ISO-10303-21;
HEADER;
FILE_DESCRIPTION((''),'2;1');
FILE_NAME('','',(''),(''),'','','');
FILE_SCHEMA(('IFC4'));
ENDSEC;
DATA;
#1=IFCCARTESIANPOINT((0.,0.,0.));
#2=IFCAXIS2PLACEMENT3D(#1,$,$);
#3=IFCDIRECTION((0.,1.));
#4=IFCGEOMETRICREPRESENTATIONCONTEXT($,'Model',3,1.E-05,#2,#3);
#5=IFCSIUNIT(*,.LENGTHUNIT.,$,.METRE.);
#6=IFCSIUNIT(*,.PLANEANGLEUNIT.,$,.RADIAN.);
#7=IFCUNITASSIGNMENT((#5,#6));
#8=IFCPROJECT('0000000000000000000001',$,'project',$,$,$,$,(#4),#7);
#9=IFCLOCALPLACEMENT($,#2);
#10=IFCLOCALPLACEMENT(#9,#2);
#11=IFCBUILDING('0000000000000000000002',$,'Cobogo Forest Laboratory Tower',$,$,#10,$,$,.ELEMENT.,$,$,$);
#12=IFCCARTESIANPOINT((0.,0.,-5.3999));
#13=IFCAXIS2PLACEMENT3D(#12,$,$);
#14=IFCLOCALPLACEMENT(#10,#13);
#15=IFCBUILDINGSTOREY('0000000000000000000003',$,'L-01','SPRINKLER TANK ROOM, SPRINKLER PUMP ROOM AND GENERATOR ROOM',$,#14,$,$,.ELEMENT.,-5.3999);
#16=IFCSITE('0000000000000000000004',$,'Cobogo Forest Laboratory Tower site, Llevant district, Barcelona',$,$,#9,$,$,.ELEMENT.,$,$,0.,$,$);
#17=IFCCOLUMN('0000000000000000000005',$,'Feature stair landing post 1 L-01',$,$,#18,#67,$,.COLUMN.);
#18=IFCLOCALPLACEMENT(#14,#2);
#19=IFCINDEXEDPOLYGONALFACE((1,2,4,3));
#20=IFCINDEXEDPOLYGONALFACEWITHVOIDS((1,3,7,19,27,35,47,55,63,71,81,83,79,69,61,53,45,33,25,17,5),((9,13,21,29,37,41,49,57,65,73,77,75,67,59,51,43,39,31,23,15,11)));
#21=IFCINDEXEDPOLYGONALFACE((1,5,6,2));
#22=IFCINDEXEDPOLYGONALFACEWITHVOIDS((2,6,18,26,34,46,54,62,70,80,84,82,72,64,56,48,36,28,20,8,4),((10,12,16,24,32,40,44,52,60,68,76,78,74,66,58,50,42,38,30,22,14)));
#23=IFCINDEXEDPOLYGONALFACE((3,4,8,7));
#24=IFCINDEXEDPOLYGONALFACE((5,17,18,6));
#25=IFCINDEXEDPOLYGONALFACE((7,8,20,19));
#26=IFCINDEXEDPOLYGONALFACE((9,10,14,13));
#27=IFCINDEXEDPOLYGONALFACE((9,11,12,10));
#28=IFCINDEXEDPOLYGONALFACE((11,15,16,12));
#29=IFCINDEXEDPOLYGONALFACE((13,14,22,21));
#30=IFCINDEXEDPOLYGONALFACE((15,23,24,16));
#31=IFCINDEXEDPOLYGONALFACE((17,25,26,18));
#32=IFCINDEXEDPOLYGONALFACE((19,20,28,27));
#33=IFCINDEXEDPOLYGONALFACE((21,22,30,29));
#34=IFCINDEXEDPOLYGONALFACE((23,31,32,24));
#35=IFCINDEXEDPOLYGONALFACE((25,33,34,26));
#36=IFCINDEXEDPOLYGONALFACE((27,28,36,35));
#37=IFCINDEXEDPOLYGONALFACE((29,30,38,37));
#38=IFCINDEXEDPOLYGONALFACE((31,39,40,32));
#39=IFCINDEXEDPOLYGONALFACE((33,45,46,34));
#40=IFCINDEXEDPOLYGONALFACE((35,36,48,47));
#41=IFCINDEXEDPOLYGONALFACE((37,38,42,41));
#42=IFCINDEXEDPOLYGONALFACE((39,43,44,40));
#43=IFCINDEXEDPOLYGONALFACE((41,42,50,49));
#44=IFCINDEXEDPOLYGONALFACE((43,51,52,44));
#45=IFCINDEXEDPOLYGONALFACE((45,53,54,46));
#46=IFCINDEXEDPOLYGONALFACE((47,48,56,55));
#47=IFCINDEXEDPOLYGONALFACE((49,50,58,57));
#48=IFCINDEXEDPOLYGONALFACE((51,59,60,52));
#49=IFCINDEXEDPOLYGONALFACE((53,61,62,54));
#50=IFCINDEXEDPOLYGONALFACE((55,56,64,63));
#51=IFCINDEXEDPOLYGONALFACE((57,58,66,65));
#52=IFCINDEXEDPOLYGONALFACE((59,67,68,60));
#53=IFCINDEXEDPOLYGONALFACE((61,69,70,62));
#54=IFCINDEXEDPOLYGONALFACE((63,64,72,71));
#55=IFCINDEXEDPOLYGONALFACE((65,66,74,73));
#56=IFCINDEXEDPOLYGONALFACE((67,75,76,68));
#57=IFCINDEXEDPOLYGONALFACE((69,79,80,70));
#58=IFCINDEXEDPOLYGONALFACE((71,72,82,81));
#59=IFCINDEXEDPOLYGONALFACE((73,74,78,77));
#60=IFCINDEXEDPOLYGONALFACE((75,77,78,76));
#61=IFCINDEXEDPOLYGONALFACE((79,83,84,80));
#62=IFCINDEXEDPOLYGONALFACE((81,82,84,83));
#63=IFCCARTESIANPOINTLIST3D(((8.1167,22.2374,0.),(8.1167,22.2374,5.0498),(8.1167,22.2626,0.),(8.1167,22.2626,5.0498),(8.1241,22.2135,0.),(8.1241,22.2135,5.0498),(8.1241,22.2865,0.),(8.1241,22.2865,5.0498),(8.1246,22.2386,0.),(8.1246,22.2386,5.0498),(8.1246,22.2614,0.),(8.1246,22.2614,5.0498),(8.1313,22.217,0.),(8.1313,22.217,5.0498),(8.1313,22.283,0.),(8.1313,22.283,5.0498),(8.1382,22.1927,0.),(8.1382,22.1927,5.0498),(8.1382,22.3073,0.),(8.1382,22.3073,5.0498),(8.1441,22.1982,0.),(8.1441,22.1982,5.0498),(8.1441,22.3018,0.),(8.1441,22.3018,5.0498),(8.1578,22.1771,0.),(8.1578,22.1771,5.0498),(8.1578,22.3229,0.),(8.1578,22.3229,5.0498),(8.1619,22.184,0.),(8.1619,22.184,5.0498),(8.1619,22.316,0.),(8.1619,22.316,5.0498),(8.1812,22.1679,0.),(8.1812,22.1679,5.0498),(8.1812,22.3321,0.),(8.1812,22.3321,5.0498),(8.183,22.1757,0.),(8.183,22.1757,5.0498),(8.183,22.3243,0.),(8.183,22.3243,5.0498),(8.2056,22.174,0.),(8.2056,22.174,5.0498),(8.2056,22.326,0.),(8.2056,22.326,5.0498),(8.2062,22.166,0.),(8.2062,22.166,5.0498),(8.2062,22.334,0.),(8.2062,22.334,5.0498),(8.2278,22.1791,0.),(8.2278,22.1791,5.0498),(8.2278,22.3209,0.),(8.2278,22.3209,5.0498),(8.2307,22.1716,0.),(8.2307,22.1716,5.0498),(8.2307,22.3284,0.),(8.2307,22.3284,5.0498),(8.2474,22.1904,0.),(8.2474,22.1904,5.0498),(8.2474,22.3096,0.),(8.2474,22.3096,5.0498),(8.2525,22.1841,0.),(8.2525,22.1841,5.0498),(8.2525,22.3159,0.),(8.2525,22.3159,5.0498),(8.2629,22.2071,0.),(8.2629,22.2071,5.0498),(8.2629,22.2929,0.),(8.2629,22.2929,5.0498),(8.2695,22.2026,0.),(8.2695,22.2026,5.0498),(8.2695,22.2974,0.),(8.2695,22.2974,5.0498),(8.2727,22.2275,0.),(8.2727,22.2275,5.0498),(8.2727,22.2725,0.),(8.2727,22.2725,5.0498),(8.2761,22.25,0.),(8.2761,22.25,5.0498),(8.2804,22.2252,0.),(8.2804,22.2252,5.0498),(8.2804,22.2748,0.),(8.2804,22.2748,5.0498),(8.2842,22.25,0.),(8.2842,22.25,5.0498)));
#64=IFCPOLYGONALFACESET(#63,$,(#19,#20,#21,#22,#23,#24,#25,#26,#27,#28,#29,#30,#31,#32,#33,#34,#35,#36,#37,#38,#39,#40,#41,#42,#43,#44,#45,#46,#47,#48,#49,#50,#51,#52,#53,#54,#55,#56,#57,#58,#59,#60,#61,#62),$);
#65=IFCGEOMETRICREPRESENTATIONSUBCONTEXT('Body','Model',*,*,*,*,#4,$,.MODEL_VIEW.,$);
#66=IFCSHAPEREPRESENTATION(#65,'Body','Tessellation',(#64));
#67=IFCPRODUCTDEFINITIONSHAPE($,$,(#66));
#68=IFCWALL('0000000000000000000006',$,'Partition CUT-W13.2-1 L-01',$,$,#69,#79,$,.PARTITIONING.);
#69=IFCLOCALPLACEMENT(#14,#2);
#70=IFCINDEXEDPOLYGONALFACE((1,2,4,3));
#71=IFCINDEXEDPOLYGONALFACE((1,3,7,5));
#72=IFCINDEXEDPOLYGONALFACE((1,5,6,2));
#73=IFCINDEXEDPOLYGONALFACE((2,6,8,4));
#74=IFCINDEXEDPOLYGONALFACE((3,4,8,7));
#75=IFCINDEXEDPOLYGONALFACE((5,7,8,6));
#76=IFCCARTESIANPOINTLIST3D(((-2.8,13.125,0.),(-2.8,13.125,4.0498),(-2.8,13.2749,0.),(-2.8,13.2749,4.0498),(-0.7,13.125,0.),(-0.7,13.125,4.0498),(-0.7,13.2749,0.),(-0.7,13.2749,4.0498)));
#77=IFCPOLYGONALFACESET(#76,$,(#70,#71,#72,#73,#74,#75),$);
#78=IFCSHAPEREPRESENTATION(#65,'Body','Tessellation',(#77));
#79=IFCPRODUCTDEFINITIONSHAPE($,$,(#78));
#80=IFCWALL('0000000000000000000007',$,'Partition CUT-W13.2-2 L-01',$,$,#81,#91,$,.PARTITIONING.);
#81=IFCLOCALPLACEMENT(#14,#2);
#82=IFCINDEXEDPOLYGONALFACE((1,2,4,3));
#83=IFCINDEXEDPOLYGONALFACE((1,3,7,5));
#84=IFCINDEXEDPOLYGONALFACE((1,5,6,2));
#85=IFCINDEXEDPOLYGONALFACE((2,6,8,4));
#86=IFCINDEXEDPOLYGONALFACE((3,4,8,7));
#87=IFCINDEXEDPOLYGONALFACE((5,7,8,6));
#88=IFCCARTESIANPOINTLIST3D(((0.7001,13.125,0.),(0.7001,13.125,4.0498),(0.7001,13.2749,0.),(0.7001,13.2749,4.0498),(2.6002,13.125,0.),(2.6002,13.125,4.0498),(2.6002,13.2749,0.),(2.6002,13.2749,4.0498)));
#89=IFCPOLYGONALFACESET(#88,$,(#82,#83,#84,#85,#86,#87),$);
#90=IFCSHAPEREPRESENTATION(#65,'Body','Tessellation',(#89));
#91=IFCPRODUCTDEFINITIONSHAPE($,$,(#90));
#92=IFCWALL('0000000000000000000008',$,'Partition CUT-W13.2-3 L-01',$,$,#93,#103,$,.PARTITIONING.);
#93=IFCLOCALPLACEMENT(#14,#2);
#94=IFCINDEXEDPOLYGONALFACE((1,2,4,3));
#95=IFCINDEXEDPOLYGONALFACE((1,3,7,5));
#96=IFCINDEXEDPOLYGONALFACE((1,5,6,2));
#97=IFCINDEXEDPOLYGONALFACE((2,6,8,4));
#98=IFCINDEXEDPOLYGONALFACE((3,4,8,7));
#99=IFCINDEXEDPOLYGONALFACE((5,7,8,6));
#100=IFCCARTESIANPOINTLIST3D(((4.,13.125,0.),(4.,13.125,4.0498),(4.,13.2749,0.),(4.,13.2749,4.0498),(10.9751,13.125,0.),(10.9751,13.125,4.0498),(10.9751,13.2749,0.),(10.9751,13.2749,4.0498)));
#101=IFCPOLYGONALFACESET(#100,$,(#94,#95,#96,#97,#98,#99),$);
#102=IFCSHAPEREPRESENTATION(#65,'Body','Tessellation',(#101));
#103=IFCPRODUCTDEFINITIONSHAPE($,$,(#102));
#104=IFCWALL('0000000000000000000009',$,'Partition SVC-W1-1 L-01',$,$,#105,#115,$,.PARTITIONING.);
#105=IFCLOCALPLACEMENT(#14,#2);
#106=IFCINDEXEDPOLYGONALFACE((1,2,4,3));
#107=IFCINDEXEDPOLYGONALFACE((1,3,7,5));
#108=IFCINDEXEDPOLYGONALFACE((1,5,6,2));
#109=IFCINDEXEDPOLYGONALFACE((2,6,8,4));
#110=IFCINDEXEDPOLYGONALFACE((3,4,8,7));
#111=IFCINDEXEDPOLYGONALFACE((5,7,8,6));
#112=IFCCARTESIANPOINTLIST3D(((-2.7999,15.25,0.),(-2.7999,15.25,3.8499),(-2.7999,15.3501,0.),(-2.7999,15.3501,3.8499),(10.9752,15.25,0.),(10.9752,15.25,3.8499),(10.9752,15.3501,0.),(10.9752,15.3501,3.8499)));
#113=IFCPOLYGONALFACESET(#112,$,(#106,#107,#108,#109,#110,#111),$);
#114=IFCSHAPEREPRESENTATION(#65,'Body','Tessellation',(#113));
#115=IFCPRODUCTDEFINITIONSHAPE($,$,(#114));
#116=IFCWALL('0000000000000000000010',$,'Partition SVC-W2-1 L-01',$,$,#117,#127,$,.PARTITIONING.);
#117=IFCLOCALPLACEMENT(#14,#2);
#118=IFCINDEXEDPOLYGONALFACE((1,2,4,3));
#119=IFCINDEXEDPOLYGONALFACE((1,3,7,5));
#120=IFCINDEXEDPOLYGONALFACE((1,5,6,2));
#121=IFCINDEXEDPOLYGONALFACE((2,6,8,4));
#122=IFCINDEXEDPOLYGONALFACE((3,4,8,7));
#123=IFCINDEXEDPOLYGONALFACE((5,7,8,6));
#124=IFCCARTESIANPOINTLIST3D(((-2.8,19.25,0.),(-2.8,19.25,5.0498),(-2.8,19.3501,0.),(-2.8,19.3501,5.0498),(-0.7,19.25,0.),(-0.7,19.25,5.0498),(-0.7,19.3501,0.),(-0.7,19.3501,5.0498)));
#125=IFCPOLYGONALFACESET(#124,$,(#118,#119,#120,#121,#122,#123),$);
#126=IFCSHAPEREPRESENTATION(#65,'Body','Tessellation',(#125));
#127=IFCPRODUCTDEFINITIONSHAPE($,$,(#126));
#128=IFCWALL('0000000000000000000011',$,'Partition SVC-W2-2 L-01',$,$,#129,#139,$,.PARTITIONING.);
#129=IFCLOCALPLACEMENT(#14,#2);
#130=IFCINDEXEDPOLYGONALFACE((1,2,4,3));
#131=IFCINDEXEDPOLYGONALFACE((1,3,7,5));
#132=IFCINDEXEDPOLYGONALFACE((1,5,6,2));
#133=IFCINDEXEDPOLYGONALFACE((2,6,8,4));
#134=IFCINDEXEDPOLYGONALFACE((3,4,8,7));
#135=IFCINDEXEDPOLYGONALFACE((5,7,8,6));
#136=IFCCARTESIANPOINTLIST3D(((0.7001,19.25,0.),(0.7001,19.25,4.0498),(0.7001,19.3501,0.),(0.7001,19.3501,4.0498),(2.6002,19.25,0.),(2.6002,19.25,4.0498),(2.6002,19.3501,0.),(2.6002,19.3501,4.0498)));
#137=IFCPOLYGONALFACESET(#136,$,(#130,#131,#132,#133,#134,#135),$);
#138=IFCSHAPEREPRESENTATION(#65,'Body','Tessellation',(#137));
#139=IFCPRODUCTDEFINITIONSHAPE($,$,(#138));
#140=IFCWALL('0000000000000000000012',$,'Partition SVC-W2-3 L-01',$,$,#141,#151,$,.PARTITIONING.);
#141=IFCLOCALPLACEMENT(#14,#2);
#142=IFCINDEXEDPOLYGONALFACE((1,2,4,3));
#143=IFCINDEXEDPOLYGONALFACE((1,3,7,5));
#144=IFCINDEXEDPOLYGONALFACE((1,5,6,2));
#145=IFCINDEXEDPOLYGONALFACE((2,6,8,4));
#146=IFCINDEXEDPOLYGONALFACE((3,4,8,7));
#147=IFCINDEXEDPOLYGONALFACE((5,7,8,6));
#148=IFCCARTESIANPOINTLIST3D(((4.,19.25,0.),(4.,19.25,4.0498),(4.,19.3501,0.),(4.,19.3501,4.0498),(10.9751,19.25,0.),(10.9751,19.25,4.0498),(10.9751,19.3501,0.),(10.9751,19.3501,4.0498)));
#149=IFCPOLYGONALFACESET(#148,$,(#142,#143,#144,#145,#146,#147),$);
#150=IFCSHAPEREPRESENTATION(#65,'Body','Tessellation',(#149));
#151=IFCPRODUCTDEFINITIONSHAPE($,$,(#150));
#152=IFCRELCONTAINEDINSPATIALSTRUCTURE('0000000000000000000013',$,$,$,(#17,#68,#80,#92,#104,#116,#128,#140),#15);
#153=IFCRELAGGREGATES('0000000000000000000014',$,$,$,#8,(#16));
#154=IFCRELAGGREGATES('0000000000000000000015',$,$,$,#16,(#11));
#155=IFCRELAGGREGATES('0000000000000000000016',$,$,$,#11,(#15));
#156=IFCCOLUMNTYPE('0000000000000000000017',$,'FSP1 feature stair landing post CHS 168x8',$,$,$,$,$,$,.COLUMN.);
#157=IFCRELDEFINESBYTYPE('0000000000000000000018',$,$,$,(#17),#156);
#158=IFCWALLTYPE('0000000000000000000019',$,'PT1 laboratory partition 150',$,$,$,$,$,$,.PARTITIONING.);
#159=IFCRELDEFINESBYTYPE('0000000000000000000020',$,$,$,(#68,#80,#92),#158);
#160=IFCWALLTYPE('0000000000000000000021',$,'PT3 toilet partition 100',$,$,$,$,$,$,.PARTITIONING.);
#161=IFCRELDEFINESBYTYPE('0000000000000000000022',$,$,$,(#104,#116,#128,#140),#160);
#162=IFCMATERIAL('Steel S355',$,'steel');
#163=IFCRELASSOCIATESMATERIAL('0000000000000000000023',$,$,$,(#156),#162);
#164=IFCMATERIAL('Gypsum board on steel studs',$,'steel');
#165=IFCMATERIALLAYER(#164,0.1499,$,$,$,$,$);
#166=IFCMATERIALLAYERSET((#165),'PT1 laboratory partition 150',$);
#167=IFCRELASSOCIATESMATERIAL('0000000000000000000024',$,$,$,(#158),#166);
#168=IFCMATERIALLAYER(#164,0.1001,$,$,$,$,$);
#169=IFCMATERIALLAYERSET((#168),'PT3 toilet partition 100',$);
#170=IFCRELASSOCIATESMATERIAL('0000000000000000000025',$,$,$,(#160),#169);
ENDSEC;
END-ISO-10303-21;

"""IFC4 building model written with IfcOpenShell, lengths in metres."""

from ifc_helpers import new_model, si_unit, direction, frame, frame_2d, origin, origin_2d, place, context, subcontext, project, spatial, rectangle, hollow_circle, extrude, material, layer, layer_set, material_profile, profile_set, type_object, element, save


model = new_model("IFC4")

# Units and contexts
model_context = context("Model", 3, precision=1e-05, world=origin(), true_north=direction((0.0, 1.0)))
body_context = subcontext(model_context, "Body", "Model", "MODEL_VIEW")
ifc_project = project(units=[si_unit("LENGTHUNIT", "METRE"), si_unit("PLANEANGLEUNIT", "RADIAN")], contexts=[model_context])

# Site, building, storey
site_placement = place(None, origin())
site = spatial("IfcSite", under=ifc_project, at=site_placement, Name="Cobogo Forest Laboratory Tower site, Llevant district, Barcelona", CompositionType="ELEMENT", RefElevation=0.0)
building_placement = place(site_placement, origin())
building = spatial("IfcBuilding", under=site, at=building_placement, Name="Cobogo Forest Laboratory Tower", CompositionType="ELEMENT")
storey_placement = place(building_placement, frame((0.0, 0.0, -5.3999)))
storey = spatial("IfcBuildingStorey", under=building, at=storey_placement, Name="L-01", Description="SPRINKLER TANK ROOM, SPRINKLER PUMP ROOM AND GENERATOR ROOM", CompositionType="ELEMENT", Elevation=-5.3999)

# Column
ifc_material_1 = material(Name="Steel S355", Category="steel")
ifc_material_profile_1 = material_profile(ifc_material_1, hollow_circle(Radius=0.0842, WallThickness=0.0081, at=origin_2d()), Name="CHS 168.3x8")
ifc_profile_set_1 = profile_set([ifc_material_profile_1], Name="Steel S355")
column_type_1 = type_object("IfcColumnType", Name="FSP1 feature stair landing post CHS 168x8", PredefinedType="COLUMN", material=ifc_profile_set_1)
column_placement = place(storey_placement, frame((8.2, 22.25, 0.0), z_axis=(0.0, 0.0, 1.0), x_axis=(1.0, 0.0, 0.0)))
element("IfcColumn", 1, at=column_placement, inside=storey, type_object=column_type_1, Name="Feature stair landing post 1 L-01", PredefinedType="COLUMN", context=body_context, shape_type="SweptSolid", body=[
    extrude(hollow_circle(Radius=0.0842, WallThickness=0.0081, at=origin_2d()), origin(), (0.0, 0.0, 1.0), 5.0498),
])

# Walls
ifc_material_2 = material(Name="Gypsum board on steel studs", Category="steel")
ifc_layer_1 = layer(ifc_material_2, 0.1499)
ifc_layer_set_1 = layer_set([ifc_layer_1], Name="PT1 laboratory partition 150")
wall_type_1 = type_object("IfcWallType", Name="PT1 laboratory partition 150", PredefinedType="PARTITIONING", material=ifc_layer_set_1)
wall_1_placement = place(storey_placement, frame((-2.8, 13.2, 0.0), z_axis=(0.0, 0.0, 1.0), x_axis=(1.0, 0.0, 0.0)))
element("IfcWall", 2, at=wall_1_placement, inside=storey, type_object=wall_type_1, Name="Partition CUT-W13.2-1 L-01", PredefinedType="PARTITIONING", context=body_context, shape_type="SweptSolid", body=[
    extrude(rectangle(XDim=2.1001, YDim=0.1499, at=frame_2d((1.05, 0.0))), origin(), (0.0, 0.0, 1.0), 4.0498),
])
wall_2_placement = place(storey_placement, frame((0.7, 13.2, 0.0), z_axis=(0.0, 0.0, 1.0), x_axis=(1.0, 0.0, 0.0)))
element("IfcWall", 3, at=wall_2_placement, inside=storey, type_object=wall_type_1, Name="Partition CUT-W13.2-2 L-01", PredefinedType="PARTITIONING", context=body_context, shape_type="SweptSolid", body=[
    extrude(rectangle(XDim=1.9001, YDim=0.1499, at=frame_2d((0.9502, 0.0))), origin(), (0.0, 0.0, 1.0), 4.0498),
])
wall_3_placement = place(storey_placement, frame((4.0, 13.2, 0.0), z_axis=(0.0, 0.0, 1.0), x_axis=(1.0, 0.0, 0.0)))
element("IfcWall", 4, at=wall_3_placement, inside=storey, type_object=wall_type_1, Name="Partition CUT-W13.2-3 L-01", PredefinedType="PARTITIONING", context=body_context, shape_type="SweptSolid", body=[
    extrude(rectangle(XDim=6.9751, YDim=0.1499, at=frame_2d((3.4875, 0.0))), origin(), (0.0, 0.0, 1.0), 4.0498),
])
ifc_layer_2 = layer(ifc_material_2, 0.1001)
ifc_layer_set_2 = layer_set([ifc_layer_2], Name="PT3 toilet partition 100")
wall_type_2 = type_object("IfcWallType", Name="PT3 toilet partition 100", PredefinedType="PARTITIONING", material=ifc_layer_set_2)
wall_4_placement = place(storey_placement, frame((-2.8, 15.3, 0.0), z_axis=(0.0, 0.0, 1.0), x_axis=(1.0, 0.0, 0.0)))
element("IfcWall", 5, at=wall_4_placement, inside=storey, type_object=wall_type_2, Name="Partition SVC-W1-1 L-01", PredefinedType="PARTITIONING", context=body_context, shape_type="SweptSolid", body=[
    extrude(rectangle(XDim=13.7751, YDim=0.1001, at=frame_2d((6.8877, 0.0))), origin(), (0.0, 0.0, 1.0), 3.8499),
])
wall_5_placement = place(storey_placement, frame((-2.8, 19.3, 0.0), z_axis=(0.0, 0.0, 1.0), x_axis=(1.0, 0.0, 0.0)))
element("IfcWall", 6, at=wall_5_placement, inside=storey, type_object=wall_type_2, Name="Partition SVC-W2-1 L-01", PredefinedType="PARTITIONING", context=body_context, shape_type="SweptSolid", body=[
    extrude(rectangle(XDim=2.1001, YDim=0.1001, at=frame_2d((1.05, 0.0))), origin(), (0.0, 0.0, 1.0), 5.0498),
])
wall_6_placement = place(storey_placement, frame((0.7, 19.3, 0.0), z_axis=(0.0, 0.0, 1.0), x_axis=(1.0, 0.0, 0.0)))
element("IfcWall", 7, at=wall_6_placement, inside=storey, type_object=wall_type_2, Name="Partition SVC-W2-2 L-01", PredefinedType="PARTITIONING", context=body_context, shape_type="SweptSolid", body=[
    extrude(rectangle(XDim=1.9001, YDim=0.1001, at=frame_2d((0.9502, 0.0))), origin(), (0.0, 0.0, 1.0), 4.0498),
])
wall_7_placement = place(storey_placement, frame((4.0, 19.3, 0.0), z_axis=(0.0, 0.0, 1.0), x_axis=(1.0, 0.0, 0.0)))
element("IfcWall", 8, at=wall_7_placement, inside=storey, type_object=wall_type_2, Name="Partition SVC-W2-3 L-01", PredefinedType="PARTITIONING", context=body_context, shape_type="SweptSolid", body=[
    extrude(rectangle(XDim=6.9751, YDim=0.1001, at=frame_2d((3.4875, 0.0))), origin(), (0.0, 0.0, 1.0), 4.0498),
])

save(model, "model.ifc")
